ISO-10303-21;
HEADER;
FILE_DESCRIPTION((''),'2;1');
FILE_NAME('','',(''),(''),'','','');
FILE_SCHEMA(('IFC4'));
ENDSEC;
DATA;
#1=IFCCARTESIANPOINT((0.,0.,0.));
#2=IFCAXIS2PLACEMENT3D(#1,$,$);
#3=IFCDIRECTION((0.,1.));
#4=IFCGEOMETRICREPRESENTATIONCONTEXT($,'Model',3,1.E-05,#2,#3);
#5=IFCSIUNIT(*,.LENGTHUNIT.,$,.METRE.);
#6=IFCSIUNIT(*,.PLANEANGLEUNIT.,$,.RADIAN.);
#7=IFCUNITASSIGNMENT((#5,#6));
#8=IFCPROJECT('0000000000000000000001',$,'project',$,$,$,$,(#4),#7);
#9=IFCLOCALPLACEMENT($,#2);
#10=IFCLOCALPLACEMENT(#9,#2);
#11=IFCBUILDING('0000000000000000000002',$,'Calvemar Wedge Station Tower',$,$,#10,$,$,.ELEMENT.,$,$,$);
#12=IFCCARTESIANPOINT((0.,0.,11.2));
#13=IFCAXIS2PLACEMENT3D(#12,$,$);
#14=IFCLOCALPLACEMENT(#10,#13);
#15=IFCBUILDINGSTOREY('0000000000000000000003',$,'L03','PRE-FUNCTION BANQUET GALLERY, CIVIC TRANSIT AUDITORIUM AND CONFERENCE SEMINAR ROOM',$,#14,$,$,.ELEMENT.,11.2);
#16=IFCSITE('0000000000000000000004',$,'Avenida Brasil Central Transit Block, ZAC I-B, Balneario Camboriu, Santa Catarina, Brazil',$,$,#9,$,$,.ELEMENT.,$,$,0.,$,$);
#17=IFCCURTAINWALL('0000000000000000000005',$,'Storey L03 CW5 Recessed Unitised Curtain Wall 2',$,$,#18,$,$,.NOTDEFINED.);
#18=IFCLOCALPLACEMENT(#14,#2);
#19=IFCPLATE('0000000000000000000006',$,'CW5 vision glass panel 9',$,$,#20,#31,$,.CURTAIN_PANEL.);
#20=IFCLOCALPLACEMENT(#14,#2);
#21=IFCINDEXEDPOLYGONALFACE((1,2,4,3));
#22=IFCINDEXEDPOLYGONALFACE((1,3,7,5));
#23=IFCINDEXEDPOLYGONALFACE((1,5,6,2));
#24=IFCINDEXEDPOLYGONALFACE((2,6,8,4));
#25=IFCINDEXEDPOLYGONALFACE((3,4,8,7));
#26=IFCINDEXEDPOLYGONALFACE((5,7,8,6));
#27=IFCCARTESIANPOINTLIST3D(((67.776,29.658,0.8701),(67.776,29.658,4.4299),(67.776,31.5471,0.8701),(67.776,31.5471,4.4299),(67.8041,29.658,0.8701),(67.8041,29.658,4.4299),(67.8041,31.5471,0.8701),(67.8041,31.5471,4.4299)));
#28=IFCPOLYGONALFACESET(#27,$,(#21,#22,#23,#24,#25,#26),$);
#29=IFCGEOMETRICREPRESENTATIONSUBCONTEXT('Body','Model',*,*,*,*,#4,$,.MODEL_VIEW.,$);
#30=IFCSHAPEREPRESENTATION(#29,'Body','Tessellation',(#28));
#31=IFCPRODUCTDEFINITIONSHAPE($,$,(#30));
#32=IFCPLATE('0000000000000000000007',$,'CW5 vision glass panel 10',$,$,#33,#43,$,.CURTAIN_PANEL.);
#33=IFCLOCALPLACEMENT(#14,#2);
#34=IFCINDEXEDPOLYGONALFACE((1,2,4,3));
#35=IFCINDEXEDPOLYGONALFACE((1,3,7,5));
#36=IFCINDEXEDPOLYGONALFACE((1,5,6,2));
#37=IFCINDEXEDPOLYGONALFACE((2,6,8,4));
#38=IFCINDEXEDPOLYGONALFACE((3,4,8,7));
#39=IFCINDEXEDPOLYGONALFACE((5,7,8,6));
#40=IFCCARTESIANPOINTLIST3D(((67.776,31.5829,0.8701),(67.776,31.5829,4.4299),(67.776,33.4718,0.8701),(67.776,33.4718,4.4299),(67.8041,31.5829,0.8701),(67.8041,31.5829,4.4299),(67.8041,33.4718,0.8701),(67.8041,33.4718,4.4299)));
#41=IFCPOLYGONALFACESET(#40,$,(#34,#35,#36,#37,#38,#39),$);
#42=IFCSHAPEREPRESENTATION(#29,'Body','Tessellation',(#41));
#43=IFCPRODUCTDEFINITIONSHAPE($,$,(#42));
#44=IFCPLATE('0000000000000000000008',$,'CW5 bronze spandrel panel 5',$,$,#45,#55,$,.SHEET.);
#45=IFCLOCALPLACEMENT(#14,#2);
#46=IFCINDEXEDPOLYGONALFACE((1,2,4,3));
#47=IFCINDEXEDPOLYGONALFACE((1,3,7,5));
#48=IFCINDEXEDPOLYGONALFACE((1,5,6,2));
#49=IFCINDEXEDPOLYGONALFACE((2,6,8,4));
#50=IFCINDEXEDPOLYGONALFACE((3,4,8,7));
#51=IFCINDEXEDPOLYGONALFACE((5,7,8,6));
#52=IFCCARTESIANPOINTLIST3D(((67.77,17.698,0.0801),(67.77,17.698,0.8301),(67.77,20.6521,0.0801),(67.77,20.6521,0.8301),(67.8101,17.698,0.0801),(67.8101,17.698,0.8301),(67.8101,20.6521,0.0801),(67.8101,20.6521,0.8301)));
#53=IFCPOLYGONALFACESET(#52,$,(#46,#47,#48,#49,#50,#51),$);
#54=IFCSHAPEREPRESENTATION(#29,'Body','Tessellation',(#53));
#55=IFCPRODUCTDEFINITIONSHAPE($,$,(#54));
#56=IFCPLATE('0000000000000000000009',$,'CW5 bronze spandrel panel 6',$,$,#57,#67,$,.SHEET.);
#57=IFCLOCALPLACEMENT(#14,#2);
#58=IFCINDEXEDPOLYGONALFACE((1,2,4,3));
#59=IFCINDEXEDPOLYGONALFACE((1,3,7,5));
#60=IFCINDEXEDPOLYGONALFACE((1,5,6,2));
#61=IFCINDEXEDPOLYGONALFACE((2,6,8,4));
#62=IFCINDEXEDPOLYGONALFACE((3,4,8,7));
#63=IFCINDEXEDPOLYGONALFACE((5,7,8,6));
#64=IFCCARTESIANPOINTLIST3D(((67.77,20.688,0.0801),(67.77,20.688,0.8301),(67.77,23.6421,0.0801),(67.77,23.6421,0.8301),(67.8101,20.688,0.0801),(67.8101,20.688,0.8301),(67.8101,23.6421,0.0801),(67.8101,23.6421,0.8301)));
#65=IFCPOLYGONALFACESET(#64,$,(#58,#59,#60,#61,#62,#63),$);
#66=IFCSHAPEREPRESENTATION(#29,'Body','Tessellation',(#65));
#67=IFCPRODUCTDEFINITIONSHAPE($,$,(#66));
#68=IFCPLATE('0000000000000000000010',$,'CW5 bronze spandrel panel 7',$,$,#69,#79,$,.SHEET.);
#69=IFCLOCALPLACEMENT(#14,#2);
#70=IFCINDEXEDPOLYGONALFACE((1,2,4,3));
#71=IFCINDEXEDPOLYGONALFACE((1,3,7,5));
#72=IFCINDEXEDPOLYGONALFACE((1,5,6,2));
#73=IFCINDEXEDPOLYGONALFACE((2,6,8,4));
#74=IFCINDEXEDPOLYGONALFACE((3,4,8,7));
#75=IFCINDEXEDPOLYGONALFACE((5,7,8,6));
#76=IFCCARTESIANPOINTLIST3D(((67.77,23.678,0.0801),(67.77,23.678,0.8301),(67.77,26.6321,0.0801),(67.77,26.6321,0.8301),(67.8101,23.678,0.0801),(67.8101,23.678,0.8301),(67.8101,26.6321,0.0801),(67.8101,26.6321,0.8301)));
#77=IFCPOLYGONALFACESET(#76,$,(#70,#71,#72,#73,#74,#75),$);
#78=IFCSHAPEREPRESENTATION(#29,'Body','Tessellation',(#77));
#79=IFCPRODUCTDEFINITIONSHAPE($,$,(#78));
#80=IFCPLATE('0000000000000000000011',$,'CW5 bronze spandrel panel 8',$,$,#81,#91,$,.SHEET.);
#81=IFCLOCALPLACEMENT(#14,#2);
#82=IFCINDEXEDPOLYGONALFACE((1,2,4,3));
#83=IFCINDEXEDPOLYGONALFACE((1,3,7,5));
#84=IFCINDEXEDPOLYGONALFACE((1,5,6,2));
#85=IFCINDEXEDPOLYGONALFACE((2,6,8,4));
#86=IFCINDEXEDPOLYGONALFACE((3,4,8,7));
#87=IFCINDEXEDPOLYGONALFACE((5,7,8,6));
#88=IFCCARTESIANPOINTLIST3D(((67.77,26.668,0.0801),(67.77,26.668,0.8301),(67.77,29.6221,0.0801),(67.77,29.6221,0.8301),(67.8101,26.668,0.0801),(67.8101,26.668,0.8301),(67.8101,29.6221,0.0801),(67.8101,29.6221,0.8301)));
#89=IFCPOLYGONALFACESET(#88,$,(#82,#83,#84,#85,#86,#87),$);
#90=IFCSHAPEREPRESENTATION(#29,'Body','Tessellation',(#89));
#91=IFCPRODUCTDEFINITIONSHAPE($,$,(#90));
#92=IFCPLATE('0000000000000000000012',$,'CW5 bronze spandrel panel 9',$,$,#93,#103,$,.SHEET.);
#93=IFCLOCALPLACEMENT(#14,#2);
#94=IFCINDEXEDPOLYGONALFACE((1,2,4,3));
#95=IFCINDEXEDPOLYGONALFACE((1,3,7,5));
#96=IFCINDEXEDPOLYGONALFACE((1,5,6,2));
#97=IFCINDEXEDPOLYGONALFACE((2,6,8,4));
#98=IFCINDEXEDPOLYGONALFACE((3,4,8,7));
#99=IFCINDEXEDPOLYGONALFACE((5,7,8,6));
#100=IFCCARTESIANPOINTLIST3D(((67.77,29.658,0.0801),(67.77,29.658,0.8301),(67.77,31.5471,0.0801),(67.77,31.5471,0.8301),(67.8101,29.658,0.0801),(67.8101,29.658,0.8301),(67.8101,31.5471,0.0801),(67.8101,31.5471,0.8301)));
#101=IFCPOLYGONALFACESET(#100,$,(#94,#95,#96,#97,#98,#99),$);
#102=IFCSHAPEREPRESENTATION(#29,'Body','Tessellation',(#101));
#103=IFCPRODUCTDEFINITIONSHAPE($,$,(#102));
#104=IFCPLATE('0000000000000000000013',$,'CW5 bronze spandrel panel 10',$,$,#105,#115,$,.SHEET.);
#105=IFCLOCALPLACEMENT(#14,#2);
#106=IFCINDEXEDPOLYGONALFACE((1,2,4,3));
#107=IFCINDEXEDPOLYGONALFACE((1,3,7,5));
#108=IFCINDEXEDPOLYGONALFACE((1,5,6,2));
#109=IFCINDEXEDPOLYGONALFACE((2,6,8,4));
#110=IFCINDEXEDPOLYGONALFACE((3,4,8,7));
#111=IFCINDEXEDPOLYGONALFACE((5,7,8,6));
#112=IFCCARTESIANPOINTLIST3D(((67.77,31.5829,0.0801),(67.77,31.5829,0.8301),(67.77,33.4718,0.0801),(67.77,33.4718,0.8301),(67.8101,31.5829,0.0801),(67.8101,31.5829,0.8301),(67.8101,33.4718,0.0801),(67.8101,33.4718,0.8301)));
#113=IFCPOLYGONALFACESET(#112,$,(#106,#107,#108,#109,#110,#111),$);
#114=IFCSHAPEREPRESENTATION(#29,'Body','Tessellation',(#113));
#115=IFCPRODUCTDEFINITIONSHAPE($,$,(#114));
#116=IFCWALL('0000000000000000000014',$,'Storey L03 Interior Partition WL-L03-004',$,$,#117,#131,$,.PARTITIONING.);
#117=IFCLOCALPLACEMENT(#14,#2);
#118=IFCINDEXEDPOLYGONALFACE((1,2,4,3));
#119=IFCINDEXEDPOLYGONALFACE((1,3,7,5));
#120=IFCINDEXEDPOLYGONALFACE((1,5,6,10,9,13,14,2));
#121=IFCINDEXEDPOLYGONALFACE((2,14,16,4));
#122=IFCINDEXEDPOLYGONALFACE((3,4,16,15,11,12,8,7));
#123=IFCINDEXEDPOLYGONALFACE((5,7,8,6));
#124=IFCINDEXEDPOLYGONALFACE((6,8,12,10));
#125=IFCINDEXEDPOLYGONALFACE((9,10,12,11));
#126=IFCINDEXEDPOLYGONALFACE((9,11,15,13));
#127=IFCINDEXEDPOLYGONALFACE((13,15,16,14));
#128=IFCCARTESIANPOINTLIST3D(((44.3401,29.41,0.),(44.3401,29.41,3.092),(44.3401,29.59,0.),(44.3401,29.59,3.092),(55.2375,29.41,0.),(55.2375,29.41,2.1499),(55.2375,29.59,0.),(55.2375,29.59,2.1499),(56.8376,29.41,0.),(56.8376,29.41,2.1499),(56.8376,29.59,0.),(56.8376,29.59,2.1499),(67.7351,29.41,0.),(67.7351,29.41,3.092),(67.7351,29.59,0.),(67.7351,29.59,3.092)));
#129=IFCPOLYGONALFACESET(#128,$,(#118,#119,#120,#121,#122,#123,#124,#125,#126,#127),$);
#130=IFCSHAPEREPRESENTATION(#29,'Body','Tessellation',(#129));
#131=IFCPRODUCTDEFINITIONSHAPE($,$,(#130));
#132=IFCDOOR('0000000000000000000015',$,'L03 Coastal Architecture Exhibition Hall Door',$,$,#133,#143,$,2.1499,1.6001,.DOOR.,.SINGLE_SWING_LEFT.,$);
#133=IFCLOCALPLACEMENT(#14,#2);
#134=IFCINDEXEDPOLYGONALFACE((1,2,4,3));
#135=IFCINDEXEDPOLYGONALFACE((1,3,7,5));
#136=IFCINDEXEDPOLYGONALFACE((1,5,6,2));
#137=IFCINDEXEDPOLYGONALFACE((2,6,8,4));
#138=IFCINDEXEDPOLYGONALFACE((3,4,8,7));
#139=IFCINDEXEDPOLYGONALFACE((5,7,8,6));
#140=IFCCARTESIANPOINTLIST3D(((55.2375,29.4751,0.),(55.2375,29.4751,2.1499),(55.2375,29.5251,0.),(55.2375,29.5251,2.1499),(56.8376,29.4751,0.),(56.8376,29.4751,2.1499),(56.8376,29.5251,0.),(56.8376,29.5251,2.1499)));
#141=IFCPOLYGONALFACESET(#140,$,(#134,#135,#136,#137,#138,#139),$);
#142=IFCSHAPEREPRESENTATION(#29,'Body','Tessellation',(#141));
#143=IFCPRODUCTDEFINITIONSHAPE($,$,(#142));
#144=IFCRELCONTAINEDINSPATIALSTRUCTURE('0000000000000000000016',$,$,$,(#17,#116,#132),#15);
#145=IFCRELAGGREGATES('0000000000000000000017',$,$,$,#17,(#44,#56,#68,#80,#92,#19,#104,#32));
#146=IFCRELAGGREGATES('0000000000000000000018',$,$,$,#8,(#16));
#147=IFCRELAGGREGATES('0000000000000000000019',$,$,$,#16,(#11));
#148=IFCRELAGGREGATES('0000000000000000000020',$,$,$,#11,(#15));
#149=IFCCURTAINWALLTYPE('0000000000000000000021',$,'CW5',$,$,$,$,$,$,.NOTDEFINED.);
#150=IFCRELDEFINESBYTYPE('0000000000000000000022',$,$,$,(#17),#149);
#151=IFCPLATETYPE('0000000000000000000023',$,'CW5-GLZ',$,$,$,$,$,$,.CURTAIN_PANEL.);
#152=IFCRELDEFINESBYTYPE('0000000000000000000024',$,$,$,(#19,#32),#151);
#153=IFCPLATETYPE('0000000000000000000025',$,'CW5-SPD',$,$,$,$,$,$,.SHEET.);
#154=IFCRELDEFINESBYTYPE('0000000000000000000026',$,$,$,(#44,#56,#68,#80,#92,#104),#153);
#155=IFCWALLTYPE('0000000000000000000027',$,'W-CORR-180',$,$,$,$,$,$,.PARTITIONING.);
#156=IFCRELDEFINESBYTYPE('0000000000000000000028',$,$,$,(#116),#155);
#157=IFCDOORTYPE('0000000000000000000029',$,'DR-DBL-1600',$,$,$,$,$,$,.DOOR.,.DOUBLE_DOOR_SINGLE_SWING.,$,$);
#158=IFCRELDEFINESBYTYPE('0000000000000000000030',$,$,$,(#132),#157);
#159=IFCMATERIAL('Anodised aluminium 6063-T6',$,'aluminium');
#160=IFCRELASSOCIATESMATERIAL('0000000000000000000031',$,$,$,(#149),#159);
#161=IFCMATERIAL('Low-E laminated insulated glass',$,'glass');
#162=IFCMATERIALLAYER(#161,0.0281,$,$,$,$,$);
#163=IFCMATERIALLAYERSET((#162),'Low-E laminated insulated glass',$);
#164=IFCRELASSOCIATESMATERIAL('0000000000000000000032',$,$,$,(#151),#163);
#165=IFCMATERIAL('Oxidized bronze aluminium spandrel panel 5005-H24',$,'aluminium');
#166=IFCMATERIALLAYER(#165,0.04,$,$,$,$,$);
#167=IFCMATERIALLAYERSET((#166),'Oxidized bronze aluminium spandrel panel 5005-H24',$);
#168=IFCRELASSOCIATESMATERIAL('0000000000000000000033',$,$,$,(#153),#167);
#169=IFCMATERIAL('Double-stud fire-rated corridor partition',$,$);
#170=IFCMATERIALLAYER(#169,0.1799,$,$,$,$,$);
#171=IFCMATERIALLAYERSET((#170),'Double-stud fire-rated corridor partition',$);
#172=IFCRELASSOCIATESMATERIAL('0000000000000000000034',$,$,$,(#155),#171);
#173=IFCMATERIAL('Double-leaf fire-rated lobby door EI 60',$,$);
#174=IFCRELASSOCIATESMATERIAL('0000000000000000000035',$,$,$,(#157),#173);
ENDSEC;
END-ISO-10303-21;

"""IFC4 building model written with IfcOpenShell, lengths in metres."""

from ifc_helpers import new_model, si_unit, direction, frame, frame_2d, origin, place, context, subcontext, project, spatial, rectangle, extrude, source, transform, mapped, material, layer, layer_set, type_object, element, fill, aggregate, save


model = new_model("IFC4")

# Units and contexts
model_context = context("Model", 3, precision=1e-05, world=origin(), true_north=direction((0.0, 1.0)))
body_context = subcontext(model_context, "Body", "Model", "MODEL_VIEW")
ifc_project = project(units=[si_unit("LENGTHUNIT", "METRE"), si_unit("PLANEANGLEUNIT", "RADIAN")], contexts=[model_context])

# Site, building, storey
site_placement = place(None, origin())
site = spatial("IfcSite", under=ifc_project, at=site_placement, Name="Avenida Brasil Central Transit Block, ZAC I-B, Balneario Camboriu, Santa Catarina, Brazil", CompositionType="ELEMENT", RefElevation=0.0)
building_placement = place(site_placement, origin())
building = spatial("IfcBuilding", under=site, at=building_placement, Name="Calvemar Wedge Station Tower", CompositionType="ELEMENT")
storey_placement = place(building_placement, frame((0.0, 0.0, 11.2)))
storey = spatial("IfcBuildingStorey", under=building, at=storey_placement, Name="L03", Description="PRE-FUNCTION BANQUET GALLERY, CIVIC TRANSIT AUDITORIUM AND CONFERENCE SEMINAR ROOM", CompositionType="ELEMENT", Elevation=11.2)

# Curtain wall, plates
ifc_material_1 = material(Name="Anodised aluminium 6063-T6", Category="aluminium")
curtain_wall_type = type_object("IfcCurtainWallType", Name="CW5", PredefinedType="NOTDEFINED", material=ifc_material_1)
curtain_wall_placement = place(storey_placement, origin())
curtain_wall = element("IfcCurtainWall", 1, at=curtain_wall_placement, inside=storey, type_object=curtain_wall_type, Name="Storey L03 CW5 Recessed Unitised Curtain Wall 2", PredefinedType="NOTDEFINED")
ifc_material_2 = material(Name="Low-E laminated insulated glass", Category="glass")
ifc_layer_1 = layer(ifc_material_2, 0.0281)
ifc_layer_set_1 = layer_set([ifc_layer_1], Name="Low-E laminated insulated glass")
plate_type_1 = type_object("IfcPlateType", Name="CW5-GLZ", PredefinedType="CURTAIN_PANEL", material=ifc_layer_set_1)
plate_1_placement = place(storey_placement, frame((67.79, 29.658, 0.8701), z_axis=(0.0, 0.0, 1.0), x_axis=(0.0, 1.0, 0.0)))
plate_1 = element("IfcPlate", 2, at=plate_1_placement, type_object=plate_type_1, Name="CW5 vision glass panel 9", PredefinedType="CURTAIN_PANEL", context=body_context, shape_type="SweptSolid", body=[
    extrude(rectangle(XDim=1.8892, YDim=0.0281, at=frame_2d((0.9446, 0.0))), origin(), (0.0, 0.0, 1.0), 3.5598),
])
plate_2_placement = place(storey_placement, frame((67.79, 31.583, 0.8701), z_axis=(0.0, 0.0, 1.0), x_axis=(0.0, 1.0, 0.0)))
plate_2 = element("IfcPlate", 3, at=plate_2_placement, type_object=plate_type_1, Name="CW5 vision glass panel 10", PredefinedType="CURTAIN_PANEL", context=body_context, shape_type="SweptSolid", body=[
    extrude(rectangle(XDim=1.8889, YDim=0.0281, at=frame_2d((0.9443, 0.0))), origin(), (0.0, 0.0, 1.0), 3.5598),
])
ifc_material_3 = material(Name="Oxidized bronze aluminium spandrel panel 5005-H24", Category="aluminium")
ifc_layer_2 = layer(ifc_material_3, 0.04)
ifc_layer_set_2 = layer_set([ifc_layer_2], Name="Oxidized bronze aluminium spandrel panel 5005-H24")
plate_type_2 = type_object("IfcPlateType", Name="CW5-SPD", PredefinedType="SHEET", material=ifc_layer_set_2)
plate_3_placement = place(storey_placement, frame((67.79, 17.698, 0.0801), z_axis=(0.0, 0.0, 1.0), x_axis=(0.0, 1.0, 0.0)))
plate_3 = element("IfcPlate", 4, at=plate_3_placement, type_object=plate_type_2, Name="CW5 bronze spandrel panel 5", PredefinedType="SHEET", context=body_context, shape_type="SweptSolid", body=[
    extrude(rectangle(XDim=2.9541, YDim=0.04, at=frame_2d((1.4771, 0.0))), origin(), (0.0, 0.0, 1.0), 0.75),
])
plate_4_placement = place(storey_placement, frame((67.79, 20.688, 0.0801), z_axis=(0.0, 0.0, 1.0), x_axis=(0.0, 1.0, 0.0)))
plate_4 = element("IfcPlate", 5, at=plate_4_placement, type_object=plate_type_2, Name="CW5 bronze spandrel panel 6", PredefinedType="SHEET", context=body_context, shape_type="SweptSolid", body=[
    extrude(rectangle(XDim=2.9541, YDim=0.04, at=frame_2d((1.4771, 0.0))), origin(), (0.0, 0.0, 1.0), 0.75),
])
plate_5_placement = place(storey_placement, frame((67.79, 23.678, 0.0801), z_axis=(0.0, 0.0, 1.0), x_axis=(0.0, 1.0, 0.0)))
plate_5 = element("IfcPlate", 6, at=plate_5_placement, type_object=plate_type_2, Name="CW5 bronze spandrel panel 7", PredefinedType="SHEET", context=body_context, shape_type="SweptSolid", body=[
    extrude(rectangle(XDim=2.9541, YDim=0.04, at=frame_2d((1.4771, 0.0))), origin(), (0.0, 0.0, 1.0), 0.75),
])
plate_6_placement = place(storey_placement, frame((67.79, 26.668, 0.0801), z_axis=(0.0, 0.0, 1.0), x_axis=(0.0, 1.0, 0.0)))
plate_6 = element("IfcPlate", 7, at=plate_6_placement, type_object=plate_type_2, Name="CW5 bronze spandrel panel 8", PredefinedType="SHEET", context=body_context, shape_type="SweptSolid", body=[
    extrude(rectangle(XDim=2.9541, YDim=0.04, at=frame_2d((1.4771, 0.0))), origin(), (0.0, 0.0, 1.0), 0.75),
])
plate_7_placement = place(storey_placement, frame((67.79, 29.658, 0.0801), z_axis=(0.0, 0.0, 1.0), x_axis=(0.0, 1.0, 0.0)))
plate_7 = element("IfcPlate", 8, at=plate_7_placement, type_object=plate_type_2, Name="CW5 bronze spandrel panel 9", PredefinedType="SHEET", context=body_context, shape_type="SweptSolid", body=[
    extrude(rectangle(XDim=1.8892, YDim=0.04, at=frame_2d((0.9446, 0.0))), origin(), (0.0, 0.0, 1.0), 0.75),
])
plate_8_placement = place(storey_placement, frame((67.79, 31.583, 0.0801), z_axis=(0.0, 0.0, 1.0), x_axis=(0.0, 1.0, 0.0)))
plate_8 = element("IfcPlate", 9, at=plate_8_placement, type_object=plate_type_2, Name="CW5 bronze spandrel panel 10", PredefinedType="SHEET", context=body_context, shape_type="SweptSolid", body=[
    extrude(rectangle(XDim=1.8889, YDim=0.04, at=frame_2d((0.9443, 0.0))), origin(), (0.0, 0.0, 1.0), 0.75),
])
aggregate(curtain_wall, [plate_3, plate_4, plate_5, plate_6, plate_7, plate_1, plate_8, plate_2])

# Wall, opening, door
ifc_material_4 = material(Name="Double-stud fire-rated corridor partition")
ifc_layer_3 = layer(ifc_material_4, 0.1799)
ifc_layer_set_3 = layer_set([ifc_layer_3], Name="Double-stud fire-rated corridor partition")
wall_type = type_object("IfcWallType", Name="W-CORR-180", PredefinedType="PARTITIONING", material=ifc_layer_set_3)
wall_placement = place(storey_placement, frame((67.7351, 29.5, 0.0), z_axis=(0.0, 0.0, 1.0), x_axis=(-1.0, 0.0, 0.0)))
wall = element("IfcWall", 10, at=wall_placement, inside=storey, type_object=wall_type, Name="Storey L03 Interior Partition WL-L03-004", PredefinedType="PARTITIONING", context=body_context, shape_type="SweptSolid", body=[
    extrude(rectangle(XDim=23.395, YDim=0.1799, at=frame_2d((11.6975, 0.0))), origin(), (0.0, 0.0, 1.0), 3.092),
])
shared_shape_1 = source(origin(), body_context, "Body", "SweptSolid", [
    extrude(rectangle(XDim=1.6001, YDim=2.1499, at=frame_2d((0.8, 1.075))), frame((0.0, 0.1001, 0.0), z_axis=(0.0, -1.0, 0.0), x_axis=(1.0, 0.0, 0.0)), (0.0, 0.0, 1.0), 0.2),
])
opening_placement = place(wall_placement, frame((10.8975, 0.0, 0.0)))
opening = element("IfcOpeningElement", 11, at=opening_placement, cuts=wall, PredefinedType="OPENING", context=body_context, shape_type="MappedRepresentation", body=[
    mapped(shared_shape_1, transform((0.0, 0.0, 0.0), scale=1.0)),
])
ifc_material_5 = material(Name="Double-leaf fire-rated lobby door EI 60")
door_type = type_object("IfcDoorType", Name="DR-DBL-1600", OperationType="DOUBLE_DOOR_SINGLE_SWING", PredefinedType="DOOR", material=ifc_material_5)
shared_shape_2 = source(origin(), body_context, "Body", "SweptSolid", [
    extrude(rectangle(XDim=1.6001, YDim=2.1499, at=frame_2d((0.8, 1.075))), frame((0.0, 0.0249, 0.0), z_axis=(0.0, -1.0, 0.0), x_axis=(1.0, 0.0, 0.0)), (0.0, 0.0, 1.0), 0.05),
])
door_placement = place(opening_placement, origin())
door = element("IfcDoor", 12, at=door_placement, inside=storey, type_object=door_type, Name="L03 Coastal Architecture Exhibition Hall Door", OperationType="SINGLE_SWING_LEFT", OverallHeight=2.1499, OverallWidth=1.6001, PredefinedType="DOOR", context=body_context, shape_type="MappedRepresentation", body=[
    mapped(shared_shape_2, transform((0.0, 0.0, 0.0), scale=1.0)),
])
fill(opening, door)

save(model, "model.ifc")
